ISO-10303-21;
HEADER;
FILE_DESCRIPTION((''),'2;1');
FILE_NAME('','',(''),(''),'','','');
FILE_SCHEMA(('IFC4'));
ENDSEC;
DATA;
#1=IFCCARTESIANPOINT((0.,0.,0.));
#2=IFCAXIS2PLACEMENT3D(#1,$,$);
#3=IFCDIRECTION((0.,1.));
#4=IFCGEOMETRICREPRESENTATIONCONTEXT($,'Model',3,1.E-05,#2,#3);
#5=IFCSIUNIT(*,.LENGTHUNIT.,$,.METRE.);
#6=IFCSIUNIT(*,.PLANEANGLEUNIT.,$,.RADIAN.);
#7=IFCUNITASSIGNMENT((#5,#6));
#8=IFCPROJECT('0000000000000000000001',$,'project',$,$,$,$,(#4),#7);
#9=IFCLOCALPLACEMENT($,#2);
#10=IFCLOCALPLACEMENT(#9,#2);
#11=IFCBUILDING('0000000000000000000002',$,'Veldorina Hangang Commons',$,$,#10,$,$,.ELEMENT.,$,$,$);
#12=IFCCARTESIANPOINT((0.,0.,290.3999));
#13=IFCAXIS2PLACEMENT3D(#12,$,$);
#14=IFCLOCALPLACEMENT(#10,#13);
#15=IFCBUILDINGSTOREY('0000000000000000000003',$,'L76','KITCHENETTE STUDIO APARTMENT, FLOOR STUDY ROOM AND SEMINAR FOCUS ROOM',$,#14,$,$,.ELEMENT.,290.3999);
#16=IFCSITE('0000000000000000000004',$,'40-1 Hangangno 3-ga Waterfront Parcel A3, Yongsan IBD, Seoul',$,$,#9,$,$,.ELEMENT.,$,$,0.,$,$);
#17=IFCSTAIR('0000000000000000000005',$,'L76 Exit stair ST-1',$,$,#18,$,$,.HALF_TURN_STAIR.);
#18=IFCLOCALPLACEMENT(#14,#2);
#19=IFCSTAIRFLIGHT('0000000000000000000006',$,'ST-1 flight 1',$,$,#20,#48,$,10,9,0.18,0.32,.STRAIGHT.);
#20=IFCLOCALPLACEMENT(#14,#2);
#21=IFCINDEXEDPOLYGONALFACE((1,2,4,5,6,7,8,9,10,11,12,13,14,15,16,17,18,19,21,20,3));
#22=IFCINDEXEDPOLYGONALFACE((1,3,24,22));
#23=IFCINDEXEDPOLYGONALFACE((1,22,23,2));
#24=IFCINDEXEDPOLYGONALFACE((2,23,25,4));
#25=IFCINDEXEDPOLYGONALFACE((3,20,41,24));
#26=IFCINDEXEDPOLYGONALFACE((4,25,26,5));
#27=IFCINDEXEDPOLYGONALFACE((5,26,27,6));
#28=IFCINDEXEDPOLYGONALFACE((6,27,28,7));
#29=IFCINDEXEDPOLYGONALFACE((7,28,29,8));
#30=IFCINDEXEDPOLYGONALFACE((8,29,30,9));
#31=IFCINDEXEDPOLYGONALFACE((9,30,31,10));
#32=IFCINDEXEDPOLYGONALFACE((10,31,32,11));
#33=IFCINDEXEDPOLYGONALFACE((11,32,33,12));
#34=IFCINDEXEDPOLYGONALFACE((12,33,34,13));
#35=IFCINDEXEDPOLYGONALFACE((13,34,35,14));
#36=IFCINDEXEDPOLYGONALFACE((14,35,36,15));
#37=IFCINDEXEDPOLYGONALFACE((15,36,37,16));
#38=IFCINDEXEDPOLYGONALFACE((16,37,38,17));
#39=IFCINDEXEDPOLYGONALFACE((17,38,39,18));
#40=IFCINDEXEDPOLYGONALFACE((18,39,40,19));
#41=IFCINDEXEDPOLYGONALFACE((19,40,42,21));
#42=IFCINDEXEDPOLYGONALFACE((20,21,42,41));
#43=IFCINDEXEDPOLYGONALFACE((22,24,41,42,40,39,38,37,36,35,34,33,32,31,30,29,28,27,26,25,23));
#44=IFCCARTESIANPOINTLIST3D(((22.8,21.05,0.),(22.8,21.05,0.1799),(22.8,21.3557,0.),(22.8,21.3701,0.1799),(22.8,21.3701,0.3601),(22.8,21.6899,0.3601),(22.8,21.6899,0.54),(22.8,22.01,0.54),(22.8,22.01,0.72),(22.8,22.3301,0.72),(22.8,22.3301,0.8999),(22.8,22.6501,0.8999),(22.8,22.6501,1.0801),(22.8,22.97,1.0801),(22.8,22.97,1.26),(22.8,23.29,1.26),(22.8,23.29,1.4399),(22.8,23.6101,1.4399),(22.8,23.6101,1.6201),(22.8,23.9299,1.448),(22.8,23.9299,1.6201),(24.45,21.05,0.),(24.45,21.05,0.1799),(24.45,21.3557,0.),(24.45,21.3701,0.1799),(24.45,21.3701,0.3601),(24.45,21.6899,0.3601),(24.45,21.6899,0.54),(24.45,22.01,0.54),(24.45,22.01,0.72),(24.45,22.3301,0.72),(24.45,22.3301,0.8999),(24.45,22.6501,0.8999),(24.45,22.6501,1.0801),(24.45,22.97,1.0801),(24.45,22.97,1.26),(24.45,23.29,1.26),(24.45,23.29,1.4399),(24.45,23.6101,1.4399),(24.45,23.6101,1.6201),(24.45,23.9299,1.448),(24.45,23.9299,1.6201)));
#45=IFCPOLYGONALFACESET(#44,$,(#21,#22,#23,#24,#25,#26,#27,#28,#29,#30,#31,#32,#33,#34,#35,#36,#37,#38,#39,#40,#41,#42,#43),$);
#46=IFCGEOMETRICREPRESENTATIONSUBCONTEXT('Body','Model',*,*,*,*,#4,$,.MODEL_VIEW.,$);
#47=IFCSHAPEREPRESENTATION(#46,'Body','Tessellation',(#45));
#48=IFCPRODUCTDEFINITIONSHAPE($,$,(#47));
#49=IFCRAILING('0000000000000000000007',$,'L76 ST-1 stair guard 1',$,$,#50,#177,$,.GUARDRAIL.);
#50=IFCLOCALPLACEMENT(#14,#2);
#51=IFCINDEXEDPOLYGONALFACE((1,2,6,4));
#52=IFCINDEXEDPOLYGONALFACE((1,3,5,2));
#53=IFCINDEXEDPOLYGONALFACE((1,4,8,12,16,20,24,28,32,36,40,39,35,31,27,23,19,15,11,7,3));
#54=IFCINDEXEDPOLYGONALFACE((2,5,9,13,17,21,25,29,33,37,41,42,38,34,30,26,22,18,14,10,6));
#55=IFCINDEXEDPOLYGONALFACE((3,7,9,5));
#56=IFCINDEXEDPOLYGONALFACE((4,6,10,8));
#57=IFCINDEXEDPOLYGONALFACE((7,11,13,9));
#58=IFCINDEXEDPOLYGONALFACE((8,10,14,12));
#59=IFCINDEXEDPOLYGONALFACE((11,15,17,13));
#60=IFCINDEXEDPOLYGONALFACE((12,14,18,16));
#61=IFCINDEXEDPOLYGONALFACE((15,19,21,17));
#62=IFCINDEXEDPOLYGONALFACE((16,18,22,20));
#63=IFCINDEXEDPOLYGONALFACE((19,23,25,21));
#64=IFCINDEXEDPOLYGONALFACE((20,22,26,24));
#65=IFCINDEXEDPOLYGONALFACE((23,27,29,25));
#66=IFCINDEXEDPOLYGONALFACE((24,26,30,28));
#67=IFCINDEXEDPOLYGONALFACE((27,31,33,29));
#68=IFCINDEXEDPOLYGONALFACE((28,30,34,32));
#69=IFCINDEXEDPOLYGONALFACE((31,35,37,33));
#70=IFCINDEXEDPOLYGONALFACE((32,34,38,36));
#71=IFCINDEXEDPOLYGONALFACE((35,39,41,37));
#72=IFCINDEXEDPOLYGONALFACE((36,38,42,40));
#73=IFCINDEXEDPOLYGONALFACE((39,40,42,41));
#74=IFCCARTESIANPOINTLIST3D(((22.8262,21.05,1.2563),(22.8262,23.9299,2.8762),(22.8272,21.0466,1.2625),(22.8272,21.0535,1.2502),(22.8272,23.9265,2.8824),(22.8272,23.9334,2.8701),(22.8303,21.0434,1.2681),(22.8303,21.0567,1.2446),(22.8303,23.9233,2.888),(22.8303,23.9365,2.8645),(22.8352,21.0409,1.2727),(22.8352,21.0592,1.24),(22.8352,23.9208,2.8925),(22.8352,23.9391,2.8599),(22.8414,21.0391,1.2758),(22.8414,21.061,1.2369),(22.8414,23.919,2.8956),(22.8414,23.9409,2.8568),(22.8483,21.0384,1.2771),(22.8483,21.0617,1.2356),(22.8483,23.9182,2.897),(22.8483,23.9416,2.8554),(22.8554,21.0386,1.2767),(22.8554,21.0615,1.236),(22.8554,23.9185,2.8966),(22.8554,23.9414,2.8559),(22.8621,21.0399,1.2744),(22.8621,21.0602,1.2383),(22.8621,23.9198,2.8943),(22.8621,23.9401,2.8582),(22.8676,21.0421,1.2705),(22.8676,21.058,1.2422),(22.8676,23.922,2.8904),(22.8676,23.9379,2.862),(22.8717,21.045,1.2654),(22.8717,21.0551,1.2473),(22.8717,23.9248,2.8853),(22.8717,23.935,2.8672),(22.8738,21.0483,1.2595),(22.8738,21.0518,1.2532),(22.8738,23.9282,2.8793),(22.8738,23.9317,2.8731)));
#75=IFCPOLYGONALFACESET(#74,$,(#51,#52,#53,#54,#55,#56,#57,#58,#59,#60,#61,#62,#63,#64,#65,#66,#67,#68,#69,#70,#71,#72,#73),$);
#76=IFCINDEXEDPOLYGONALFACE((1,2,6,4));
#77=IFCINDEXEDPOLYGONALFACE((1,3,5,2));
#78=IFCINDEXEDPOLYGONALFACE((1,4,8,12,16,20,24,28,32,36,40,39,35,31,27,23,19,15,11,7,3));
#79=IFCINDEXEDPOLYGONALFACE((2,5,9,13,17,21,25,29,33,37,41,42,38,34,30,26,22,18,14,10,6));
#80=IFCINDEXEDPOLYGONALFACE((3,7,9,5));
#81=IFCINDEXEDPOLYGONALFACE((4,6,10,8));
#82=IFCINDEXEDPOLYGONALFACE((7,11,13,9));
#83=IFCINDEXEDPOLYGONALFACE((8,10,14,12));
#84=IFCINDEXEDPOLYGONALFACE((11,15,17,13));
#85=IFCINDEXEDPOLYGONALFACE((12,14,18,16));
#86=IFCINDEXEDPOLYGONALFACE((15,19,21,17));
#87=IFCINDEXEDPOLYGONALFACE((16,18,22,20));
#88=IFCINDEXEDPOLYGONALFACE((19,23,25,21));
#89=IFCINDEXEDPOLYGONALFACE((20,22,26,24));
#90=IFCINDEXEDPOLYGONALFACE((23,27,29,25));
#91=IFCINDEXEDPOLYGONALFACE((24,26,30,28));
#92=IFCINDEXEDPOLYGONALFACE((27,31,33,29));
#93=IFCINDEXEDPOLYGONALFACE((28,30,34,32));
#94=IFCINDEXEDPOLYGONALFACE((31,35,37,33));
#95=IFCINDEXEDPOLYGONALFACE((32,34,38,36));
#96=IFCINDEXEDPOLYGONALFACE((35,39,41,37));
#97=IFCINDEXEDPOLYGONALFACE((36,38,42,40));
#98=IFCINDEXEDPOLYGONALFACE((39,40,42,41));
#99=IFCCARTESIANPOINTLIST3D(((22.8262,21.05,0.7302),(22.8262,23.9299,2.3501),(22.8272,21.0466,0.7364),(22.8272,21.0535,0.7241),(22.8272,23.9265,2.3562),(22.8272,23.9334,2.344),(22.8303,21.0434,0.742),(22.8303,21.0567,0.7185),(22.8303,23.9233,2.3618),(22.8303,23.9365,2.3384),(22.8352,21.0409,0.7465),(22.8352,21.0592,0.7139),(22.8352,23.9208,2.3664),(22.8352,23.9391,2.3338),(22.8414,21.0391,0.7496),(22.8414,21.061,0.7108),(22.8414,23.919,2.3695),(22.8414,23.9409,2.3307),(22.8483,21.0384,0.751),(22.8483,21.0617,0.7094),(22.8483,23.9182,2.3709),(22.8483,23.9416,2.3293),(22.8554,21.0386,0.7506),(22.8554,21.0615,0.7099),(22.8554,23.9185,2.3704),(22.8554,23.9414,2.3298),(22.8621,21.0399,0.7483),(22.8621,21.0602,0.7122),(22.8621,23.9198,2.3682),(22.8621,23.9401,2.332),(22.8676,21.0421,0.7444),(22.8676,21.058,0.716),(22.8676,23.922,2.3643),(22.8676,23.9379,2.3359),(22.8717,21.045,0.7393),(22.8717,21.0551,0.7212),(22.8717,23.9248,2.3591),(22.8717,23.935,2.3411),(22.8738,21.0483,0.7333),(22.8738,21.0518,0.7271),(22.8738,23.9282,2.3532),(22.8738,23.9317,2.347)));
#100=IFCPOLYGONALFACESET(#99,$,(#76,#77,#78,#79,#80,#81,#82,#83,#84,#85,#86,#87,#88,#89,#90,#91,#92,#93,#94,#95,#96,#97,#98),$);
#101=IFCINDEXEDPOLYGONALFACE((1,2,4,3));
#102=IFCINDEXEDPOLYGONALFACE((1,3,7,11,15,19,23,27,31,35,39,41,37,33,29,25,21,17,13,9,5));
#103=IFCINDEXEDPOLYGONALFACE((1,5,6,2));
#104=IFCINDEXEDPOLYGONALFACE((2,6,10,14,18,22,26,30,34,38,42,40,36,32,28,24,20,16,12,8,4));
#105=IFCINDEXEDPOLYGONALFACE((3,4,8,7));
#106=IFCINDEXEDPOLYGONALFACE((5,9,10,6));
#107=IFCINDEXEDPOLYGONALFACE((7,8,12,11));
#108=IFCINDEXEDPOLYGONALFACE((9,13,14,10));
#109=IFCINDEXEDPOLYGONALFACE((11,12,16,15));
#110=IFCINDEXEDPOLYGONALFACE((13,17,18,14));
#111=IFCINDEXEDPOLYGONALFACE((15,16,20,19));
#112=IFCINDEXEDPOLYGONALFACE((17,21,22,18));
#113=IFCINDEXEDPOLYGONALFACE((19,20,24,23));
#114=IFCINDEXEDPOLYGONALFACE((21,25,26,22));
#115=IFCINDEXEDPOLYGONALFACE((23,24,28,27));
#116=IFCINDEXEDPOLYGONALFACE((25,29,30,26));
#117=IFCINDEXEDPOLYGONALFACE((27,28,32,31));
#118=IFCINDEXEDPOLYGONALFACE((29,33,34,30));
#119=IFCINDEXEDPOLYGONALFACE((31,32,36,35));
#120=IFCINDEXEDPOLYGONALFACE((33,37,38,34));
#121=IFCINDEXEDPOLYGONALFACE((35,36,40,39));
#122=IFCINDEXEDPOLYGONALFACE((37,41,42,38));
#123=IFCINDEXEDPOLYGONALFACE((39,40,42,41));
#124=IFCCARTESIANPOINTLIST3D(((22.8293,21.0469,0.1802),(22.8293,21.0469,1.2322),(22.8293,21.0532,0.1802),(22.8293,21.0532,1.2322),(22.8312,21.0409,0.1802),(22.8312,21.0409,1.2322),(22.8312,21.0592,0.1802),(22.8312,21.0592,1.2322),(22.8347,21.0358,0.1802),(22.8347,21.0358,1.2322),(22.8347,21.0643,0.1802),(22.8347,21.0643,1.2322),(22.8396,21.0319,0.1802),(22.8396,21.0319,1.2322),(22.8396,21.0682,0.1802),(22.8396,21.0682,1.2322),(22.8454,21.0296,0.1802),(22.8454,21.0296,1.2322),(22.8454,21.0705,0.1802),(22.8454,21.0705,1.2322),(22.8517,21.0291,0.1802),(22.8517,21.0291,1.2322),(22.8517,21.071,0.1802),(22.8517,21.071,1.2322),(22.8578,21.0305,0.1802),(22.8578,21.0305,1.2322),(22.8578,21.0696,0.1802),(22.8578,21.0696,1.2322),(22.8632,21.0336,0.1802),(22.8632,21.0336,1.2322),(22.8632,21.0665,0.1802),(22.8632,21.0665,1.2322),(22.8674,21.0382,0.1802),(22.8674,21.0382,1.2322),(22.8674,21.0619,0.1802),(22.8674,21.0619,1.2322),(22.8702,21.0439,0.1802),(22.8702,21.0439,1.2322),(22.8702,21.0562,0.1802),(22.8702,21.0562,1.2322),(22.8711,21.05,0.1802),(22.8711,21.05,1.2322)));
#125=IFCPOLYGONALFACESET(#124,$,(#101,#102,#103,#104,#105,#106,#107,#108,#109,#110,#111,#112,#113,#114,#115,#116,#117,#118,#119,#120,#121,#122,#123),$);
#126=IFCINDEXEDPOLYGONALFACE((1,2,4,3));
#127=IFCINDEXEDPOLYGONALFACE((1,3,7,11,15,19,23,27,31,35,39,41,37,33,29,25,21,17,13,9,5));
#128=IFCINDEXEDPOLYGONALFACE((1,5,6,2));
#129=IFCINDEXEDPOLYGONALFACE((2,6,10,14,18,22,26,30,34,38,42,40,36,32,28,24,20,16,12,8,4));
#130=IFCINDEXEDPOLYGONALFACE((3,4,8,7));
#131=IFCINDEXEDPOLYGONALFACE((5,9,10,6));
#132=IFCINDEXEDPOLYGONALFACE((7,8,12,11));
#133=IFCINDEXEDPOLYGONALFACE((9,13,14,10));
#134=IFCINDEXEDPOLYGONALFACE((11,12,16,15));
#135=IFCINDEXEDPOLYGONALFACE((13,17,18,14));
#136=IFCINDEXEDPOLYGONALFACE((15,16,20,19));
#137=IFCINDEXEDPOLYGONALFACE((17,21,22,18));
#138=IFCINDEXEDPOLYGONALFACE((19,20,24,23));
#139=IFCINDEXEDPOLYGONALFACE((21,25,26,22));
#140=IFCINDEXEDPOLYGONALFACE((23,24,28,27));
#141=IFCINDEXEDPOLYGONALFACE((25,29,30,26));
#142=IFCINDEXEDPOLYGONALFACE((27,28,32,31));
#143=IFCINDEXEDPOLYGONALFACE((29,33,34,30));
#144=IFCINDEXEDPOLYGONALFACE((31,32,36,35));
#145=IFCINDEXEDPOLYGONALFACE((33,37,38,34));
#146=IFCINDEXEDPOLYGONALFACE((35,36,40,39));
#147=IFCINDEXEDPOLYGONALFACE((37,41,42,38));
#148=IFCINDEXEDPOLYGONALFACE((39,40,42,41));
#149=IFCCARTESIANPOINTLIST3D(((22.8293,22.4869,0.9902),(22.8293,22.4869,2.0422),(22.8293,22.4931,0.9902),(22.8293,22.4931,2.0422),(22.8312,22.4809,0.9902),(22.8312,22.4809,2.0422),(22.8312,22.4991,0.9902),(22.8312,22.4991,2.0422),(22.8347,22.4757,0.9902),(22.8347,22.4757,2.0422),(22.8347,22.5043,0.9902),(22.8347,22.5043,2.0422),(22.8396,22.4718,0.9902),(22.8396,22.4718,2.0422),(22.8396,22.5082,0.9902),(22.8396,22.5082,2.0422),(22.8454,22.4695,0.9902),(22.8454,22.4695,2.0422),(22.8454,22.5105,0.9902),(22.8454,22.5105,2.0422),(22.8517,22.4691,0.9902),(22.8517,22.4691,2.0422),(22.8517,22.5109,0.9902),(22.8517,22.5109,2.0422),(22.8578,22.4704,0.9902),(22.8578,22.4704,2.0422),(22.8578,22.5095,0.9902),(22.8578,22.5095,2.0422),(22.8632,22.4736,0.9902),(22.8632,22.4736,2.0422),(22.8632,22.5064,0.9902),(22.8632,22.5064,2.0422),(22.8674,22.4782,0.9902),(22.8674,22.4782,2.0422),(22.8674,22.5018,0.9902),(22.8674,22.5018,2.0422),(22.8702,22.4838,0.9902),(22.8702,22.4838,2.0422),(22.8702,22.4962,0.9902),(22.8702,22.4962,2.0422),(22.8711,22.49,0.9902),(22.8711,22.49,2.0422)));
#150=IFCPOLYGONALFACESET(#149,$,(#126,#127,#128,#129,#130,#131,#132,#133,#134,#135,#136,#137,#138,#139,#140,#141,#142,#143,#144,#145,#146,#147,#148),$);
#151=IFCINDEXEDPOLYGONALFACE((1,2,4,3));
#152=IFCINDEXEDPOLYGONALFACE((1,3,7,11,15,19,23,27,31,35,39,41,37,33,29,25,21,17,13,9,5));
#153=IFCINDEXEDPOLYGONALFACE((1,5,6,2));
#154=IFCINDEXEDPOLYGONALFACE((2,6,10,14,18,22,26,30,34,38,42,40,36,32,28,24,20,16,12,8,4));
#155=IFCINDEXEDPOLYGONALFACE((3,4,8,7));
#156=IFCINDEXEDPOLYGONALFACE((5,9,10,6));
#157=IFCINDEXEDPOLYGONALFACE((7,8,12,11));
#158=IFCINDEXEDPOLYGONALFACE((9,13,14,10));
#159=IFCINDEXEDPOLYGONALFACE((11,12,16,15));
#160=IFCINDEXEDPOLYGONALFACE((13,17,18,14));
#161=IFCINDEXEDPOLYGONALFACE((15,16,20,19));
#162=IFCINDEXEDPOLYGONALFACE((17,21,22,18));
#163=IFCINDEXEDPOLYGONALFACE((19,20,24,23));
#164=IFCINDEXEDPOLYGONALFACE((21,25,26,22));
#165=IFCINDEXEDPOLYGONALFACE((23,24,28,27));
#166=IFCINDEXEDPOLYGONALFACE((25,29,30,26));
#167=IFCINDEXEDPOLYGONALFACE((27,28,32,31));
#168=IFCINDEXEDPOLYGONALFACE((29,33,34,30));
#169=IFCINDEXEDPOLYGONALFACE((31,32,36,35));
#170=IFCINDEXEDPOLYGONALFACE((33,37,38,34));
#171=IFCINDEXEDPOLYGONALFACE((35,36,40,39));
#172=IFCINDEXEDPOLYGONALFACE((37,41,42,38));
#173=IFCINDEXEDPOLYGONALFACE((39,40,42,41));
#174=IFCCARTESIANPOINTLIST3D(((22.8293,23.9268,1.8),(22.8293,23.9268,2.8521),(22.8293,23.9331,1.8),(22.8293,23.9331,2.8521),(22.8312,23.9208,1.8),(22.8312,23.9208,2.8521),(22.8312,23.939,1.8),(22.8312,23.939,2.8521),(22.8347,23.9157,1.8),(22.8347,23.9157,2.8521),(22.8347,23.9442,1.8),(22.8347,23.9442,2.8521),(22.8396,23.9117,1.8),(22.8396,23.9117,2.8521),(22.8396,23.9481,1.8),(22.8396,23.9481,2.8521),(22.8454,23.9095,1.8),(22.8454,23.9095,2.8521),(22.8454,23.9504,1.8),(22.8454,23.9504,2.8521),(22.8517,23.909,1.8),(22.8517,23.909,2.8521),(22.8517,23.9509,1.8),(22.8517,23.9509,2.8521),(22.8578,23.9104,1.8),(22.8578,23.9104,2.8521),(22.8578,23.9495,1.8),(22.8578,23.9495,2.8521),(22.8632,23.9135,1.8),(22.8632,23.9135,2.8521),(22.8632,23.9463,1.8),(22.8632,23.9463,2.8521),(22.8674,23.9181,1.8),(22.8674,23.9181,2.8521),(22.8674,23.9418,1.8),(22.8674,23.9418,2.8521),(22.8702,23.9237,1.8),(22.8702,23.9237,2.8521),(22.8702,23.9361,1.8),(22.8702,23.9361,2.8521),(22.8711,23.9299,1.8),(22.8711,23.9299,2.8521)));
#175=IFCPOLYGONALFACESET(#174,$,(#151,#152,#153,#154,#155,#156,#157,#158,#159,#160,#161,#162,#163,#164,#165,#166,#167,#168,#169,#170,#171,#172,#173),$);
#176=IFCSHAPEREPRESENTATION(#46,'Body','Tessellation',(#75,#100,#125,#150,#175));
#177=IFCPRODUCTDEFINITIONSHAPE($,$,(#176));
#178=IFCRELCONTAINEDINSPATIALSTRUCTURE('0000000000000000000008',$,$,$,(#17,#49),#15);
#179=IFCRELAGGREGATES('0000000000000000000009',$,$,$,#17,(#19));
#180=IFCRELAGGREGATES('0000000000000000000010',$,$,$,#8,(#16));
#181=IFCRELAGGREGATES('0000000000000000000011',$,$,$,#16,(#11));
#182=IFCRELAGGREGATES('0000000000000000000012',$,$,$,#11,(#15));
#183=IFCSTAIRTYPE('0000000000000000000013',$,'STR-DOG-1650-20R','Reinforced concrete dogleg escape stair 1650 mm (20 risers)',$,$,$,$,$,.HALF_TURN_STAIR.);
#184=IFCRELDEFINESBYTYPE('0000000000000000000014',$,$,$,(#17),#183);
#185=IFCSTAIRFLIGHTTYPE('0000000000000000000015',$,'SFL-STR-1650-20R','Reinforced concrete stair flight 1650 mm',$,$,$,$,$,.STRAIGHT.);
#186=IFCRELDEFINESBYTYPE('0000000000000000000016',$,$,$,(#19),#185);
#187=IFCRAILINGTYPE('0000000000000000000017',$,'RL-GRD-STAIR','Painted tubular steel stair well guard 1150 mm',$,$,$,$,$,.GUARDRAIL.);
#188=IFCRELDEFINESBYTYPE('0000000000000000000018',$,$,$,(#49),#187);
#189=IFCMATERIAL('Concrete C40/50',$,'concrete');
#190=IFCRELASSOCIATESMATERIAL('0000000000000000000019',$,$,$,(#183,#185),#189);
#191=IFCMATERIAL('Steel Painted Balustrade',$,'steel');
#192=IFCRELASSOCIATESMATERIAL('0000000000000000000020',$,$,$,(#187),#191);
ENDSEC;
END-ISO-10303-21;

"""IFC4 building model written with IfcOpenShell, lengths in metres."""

from ifc_helpers import new_model, si_unit, direction, frame, origin, origin_2d, place, context, subcontext, project, spatial, polyline, circle, outline, extrude, material, type_object, element, aggregate, save


model = new_model("IFC4")

# Units and contexts
model_context = context("Model", 3, precision=1e-05, world=origin(), true_north=direction((0.0, 1.0)))
body_context = subcontext(model_context, "Body", "Model", "MODEL_VIEW")
ifc_project = project(units=[si_unit("LENGTHUNIT", "METRE"), si_unit("PLANEANGLEUNIT", "RADIAN")], contexts=[model_context])

# Site, building, storey
site_placement = place(None, origin())
site = spatial("IfcSite", under=ifc_project, at=site_placement, Name="40-1 Hangangno 3-ga Waterfront Parcel A3, Yongsan IBD, Seoul", CompositionType="ELEMENT", RefElevation=0.0)
building_placement = place(site_placement, origin())
building = spatial("IfcBuilding", under=site, at=building_placement, Name="Veldorina Hangang Commons", CompositionType="ELEMENT")
storey_placement = place(building_placement, frame((0.0, 0.0, 290.3999)))
storey = spatial("IfcBuildingStorey", under=building, at=storey_placement, Name="L76", Description="KITCHENETTE STUDIO APARTMENT, FLOOR STUDY ROOM AND SEMINAR FOCUS ROOM", CompositionType="ELEMENT", Elevation=290.3999)

# Stair, stair flight
ifc_material_1 = material(Name="Concrete C40/50", Category="concrete")
stair_type = type_object("IfcStairType", Name="STR-DOG-1650-20R", Description="Reinforced concrete dogleg escape stair 1650 mm (20 risers)", PredefinedType="HALF_TURN_STAIR", material=ifc_material_1)
stair_placement = place(storey_placement, origin())
stair = element("IfcStair", 1, at=stair_placement, inside=storey, type_object=stair_type, Name="L76 Exit stair ST-1", PredefinedType="HALF_TURN_STAIR")
stair_flight_type = type_object("IfcStairFlightType", Name="SFL-STR-1650-20R", Description="Reinforced concrete stair flight 1650 mm", PredefinedType="STRAIGHT", material=ifc_material_1)
stair_flight_placement = place(storey_placement, frame((23.625, 21.05, 0.0), z_axis=(0.0, 0.0, 1.0), x_axis=(0.0, 1.0, 0.0)))
stair_flight = element("IfcStairFlight", 2, at=stair_flight_placement, type_object=stair_flight_type, Name="ST-1 flight 1", NumberOfRisers=10, NumberOfTreads=9, PredefinedType="STRAIGHT", RiserHeight=0.18, TreadLength=0.32, context=body_context, shape_type="SweptSolid", body=[
    extrude(outline(polyline([(0.0, 0.0), (0.0, 0.1799), (0.3201, 0.1799), (0.3201, 0.3601), (0.6399, 0.3601), (0.6399, 0.54), (0.96, 0.54), (0.96, 0.72), (1.28, 0.72), (1.28, 0.8999), (1.6001, 0.8999), (1.6001, 1.0801), (1.9199, 1.0801), (1.9199, 1.26), (2.24, 1.26), (2.24, 1.4399), (2.5601, 1.4399), (2.5601, 1.6201), (2.8799, 1.6201), (2.8799, 1.8), (2.8799, 1.448), (0.3057, 0.0), (0.0, 0.0)])), frame((0.0, 0.825, 0.0), z_axis=(0.0, -1.0, 0.0), x_axis=(1.0, 0.0, 0.0)), (0.0, 0.0, 1.0), 1.6499),
])
aggregate(stair, [stair_flight])

# Railing
ifc_material_2 = material(Name="Steel Painted Balustrade", Category="steel")
railing_type_1 = type_object("IfcRailingType", Name="RL-GRD-STAIR", Description="Painted tubular steel stair well guard 1150 mm", PredefinedType="GUARDRAIL", material=ifc_material_2)
railing_1_placement = place(storey_placement, frame((22.8501, 21.05, 0.1802)))
element("IfcRailing", 3, at=railing_1_placement, inside=storey, type_object=railing_type_1, Name="L76 ST-1 stair guard 1", PredefinedType="GUARDRAIL", context=body_context, shape_type="SweptSolid", body=[
    extrude(circle(Radius=0.0239, at=origin_2d()), frame((0.0, 0.0, 1.0762), z_axis=(0.0, 0.871583, 0.490247), x_axis=(-1.0, 0.0, 0.0)), (0.0, 0.0, 1.0), 3.3042),
    extrude(circle(Radius=0.0239, at=origin_2d()), frame((0.0, 0.0, 0.55), z_axis=(0.0, 0.871583, 0.490247), x_axis=(-1.0, 0.0, 0.0)), (0.0, 0.0, 1.0), 3.3042),
    extrude(circle(Radius=0.021, at=origin_2d()), origin(), (0.0, 0.0, 1.0), 1.052),
    extrude(circle(Radius=0.021, at=origin_2d()), frame((0.0, 1.4399, 0.8101)), (0.0, 0.0, 1.0), 1.052),
    extrude(circle(Radius=0.021, at=origin_2d()), frame((0.0, 2.8799, 1.6199)), (0.0, 0.0, 1.0), 1.052),
])

save(model, "model.ifc")
